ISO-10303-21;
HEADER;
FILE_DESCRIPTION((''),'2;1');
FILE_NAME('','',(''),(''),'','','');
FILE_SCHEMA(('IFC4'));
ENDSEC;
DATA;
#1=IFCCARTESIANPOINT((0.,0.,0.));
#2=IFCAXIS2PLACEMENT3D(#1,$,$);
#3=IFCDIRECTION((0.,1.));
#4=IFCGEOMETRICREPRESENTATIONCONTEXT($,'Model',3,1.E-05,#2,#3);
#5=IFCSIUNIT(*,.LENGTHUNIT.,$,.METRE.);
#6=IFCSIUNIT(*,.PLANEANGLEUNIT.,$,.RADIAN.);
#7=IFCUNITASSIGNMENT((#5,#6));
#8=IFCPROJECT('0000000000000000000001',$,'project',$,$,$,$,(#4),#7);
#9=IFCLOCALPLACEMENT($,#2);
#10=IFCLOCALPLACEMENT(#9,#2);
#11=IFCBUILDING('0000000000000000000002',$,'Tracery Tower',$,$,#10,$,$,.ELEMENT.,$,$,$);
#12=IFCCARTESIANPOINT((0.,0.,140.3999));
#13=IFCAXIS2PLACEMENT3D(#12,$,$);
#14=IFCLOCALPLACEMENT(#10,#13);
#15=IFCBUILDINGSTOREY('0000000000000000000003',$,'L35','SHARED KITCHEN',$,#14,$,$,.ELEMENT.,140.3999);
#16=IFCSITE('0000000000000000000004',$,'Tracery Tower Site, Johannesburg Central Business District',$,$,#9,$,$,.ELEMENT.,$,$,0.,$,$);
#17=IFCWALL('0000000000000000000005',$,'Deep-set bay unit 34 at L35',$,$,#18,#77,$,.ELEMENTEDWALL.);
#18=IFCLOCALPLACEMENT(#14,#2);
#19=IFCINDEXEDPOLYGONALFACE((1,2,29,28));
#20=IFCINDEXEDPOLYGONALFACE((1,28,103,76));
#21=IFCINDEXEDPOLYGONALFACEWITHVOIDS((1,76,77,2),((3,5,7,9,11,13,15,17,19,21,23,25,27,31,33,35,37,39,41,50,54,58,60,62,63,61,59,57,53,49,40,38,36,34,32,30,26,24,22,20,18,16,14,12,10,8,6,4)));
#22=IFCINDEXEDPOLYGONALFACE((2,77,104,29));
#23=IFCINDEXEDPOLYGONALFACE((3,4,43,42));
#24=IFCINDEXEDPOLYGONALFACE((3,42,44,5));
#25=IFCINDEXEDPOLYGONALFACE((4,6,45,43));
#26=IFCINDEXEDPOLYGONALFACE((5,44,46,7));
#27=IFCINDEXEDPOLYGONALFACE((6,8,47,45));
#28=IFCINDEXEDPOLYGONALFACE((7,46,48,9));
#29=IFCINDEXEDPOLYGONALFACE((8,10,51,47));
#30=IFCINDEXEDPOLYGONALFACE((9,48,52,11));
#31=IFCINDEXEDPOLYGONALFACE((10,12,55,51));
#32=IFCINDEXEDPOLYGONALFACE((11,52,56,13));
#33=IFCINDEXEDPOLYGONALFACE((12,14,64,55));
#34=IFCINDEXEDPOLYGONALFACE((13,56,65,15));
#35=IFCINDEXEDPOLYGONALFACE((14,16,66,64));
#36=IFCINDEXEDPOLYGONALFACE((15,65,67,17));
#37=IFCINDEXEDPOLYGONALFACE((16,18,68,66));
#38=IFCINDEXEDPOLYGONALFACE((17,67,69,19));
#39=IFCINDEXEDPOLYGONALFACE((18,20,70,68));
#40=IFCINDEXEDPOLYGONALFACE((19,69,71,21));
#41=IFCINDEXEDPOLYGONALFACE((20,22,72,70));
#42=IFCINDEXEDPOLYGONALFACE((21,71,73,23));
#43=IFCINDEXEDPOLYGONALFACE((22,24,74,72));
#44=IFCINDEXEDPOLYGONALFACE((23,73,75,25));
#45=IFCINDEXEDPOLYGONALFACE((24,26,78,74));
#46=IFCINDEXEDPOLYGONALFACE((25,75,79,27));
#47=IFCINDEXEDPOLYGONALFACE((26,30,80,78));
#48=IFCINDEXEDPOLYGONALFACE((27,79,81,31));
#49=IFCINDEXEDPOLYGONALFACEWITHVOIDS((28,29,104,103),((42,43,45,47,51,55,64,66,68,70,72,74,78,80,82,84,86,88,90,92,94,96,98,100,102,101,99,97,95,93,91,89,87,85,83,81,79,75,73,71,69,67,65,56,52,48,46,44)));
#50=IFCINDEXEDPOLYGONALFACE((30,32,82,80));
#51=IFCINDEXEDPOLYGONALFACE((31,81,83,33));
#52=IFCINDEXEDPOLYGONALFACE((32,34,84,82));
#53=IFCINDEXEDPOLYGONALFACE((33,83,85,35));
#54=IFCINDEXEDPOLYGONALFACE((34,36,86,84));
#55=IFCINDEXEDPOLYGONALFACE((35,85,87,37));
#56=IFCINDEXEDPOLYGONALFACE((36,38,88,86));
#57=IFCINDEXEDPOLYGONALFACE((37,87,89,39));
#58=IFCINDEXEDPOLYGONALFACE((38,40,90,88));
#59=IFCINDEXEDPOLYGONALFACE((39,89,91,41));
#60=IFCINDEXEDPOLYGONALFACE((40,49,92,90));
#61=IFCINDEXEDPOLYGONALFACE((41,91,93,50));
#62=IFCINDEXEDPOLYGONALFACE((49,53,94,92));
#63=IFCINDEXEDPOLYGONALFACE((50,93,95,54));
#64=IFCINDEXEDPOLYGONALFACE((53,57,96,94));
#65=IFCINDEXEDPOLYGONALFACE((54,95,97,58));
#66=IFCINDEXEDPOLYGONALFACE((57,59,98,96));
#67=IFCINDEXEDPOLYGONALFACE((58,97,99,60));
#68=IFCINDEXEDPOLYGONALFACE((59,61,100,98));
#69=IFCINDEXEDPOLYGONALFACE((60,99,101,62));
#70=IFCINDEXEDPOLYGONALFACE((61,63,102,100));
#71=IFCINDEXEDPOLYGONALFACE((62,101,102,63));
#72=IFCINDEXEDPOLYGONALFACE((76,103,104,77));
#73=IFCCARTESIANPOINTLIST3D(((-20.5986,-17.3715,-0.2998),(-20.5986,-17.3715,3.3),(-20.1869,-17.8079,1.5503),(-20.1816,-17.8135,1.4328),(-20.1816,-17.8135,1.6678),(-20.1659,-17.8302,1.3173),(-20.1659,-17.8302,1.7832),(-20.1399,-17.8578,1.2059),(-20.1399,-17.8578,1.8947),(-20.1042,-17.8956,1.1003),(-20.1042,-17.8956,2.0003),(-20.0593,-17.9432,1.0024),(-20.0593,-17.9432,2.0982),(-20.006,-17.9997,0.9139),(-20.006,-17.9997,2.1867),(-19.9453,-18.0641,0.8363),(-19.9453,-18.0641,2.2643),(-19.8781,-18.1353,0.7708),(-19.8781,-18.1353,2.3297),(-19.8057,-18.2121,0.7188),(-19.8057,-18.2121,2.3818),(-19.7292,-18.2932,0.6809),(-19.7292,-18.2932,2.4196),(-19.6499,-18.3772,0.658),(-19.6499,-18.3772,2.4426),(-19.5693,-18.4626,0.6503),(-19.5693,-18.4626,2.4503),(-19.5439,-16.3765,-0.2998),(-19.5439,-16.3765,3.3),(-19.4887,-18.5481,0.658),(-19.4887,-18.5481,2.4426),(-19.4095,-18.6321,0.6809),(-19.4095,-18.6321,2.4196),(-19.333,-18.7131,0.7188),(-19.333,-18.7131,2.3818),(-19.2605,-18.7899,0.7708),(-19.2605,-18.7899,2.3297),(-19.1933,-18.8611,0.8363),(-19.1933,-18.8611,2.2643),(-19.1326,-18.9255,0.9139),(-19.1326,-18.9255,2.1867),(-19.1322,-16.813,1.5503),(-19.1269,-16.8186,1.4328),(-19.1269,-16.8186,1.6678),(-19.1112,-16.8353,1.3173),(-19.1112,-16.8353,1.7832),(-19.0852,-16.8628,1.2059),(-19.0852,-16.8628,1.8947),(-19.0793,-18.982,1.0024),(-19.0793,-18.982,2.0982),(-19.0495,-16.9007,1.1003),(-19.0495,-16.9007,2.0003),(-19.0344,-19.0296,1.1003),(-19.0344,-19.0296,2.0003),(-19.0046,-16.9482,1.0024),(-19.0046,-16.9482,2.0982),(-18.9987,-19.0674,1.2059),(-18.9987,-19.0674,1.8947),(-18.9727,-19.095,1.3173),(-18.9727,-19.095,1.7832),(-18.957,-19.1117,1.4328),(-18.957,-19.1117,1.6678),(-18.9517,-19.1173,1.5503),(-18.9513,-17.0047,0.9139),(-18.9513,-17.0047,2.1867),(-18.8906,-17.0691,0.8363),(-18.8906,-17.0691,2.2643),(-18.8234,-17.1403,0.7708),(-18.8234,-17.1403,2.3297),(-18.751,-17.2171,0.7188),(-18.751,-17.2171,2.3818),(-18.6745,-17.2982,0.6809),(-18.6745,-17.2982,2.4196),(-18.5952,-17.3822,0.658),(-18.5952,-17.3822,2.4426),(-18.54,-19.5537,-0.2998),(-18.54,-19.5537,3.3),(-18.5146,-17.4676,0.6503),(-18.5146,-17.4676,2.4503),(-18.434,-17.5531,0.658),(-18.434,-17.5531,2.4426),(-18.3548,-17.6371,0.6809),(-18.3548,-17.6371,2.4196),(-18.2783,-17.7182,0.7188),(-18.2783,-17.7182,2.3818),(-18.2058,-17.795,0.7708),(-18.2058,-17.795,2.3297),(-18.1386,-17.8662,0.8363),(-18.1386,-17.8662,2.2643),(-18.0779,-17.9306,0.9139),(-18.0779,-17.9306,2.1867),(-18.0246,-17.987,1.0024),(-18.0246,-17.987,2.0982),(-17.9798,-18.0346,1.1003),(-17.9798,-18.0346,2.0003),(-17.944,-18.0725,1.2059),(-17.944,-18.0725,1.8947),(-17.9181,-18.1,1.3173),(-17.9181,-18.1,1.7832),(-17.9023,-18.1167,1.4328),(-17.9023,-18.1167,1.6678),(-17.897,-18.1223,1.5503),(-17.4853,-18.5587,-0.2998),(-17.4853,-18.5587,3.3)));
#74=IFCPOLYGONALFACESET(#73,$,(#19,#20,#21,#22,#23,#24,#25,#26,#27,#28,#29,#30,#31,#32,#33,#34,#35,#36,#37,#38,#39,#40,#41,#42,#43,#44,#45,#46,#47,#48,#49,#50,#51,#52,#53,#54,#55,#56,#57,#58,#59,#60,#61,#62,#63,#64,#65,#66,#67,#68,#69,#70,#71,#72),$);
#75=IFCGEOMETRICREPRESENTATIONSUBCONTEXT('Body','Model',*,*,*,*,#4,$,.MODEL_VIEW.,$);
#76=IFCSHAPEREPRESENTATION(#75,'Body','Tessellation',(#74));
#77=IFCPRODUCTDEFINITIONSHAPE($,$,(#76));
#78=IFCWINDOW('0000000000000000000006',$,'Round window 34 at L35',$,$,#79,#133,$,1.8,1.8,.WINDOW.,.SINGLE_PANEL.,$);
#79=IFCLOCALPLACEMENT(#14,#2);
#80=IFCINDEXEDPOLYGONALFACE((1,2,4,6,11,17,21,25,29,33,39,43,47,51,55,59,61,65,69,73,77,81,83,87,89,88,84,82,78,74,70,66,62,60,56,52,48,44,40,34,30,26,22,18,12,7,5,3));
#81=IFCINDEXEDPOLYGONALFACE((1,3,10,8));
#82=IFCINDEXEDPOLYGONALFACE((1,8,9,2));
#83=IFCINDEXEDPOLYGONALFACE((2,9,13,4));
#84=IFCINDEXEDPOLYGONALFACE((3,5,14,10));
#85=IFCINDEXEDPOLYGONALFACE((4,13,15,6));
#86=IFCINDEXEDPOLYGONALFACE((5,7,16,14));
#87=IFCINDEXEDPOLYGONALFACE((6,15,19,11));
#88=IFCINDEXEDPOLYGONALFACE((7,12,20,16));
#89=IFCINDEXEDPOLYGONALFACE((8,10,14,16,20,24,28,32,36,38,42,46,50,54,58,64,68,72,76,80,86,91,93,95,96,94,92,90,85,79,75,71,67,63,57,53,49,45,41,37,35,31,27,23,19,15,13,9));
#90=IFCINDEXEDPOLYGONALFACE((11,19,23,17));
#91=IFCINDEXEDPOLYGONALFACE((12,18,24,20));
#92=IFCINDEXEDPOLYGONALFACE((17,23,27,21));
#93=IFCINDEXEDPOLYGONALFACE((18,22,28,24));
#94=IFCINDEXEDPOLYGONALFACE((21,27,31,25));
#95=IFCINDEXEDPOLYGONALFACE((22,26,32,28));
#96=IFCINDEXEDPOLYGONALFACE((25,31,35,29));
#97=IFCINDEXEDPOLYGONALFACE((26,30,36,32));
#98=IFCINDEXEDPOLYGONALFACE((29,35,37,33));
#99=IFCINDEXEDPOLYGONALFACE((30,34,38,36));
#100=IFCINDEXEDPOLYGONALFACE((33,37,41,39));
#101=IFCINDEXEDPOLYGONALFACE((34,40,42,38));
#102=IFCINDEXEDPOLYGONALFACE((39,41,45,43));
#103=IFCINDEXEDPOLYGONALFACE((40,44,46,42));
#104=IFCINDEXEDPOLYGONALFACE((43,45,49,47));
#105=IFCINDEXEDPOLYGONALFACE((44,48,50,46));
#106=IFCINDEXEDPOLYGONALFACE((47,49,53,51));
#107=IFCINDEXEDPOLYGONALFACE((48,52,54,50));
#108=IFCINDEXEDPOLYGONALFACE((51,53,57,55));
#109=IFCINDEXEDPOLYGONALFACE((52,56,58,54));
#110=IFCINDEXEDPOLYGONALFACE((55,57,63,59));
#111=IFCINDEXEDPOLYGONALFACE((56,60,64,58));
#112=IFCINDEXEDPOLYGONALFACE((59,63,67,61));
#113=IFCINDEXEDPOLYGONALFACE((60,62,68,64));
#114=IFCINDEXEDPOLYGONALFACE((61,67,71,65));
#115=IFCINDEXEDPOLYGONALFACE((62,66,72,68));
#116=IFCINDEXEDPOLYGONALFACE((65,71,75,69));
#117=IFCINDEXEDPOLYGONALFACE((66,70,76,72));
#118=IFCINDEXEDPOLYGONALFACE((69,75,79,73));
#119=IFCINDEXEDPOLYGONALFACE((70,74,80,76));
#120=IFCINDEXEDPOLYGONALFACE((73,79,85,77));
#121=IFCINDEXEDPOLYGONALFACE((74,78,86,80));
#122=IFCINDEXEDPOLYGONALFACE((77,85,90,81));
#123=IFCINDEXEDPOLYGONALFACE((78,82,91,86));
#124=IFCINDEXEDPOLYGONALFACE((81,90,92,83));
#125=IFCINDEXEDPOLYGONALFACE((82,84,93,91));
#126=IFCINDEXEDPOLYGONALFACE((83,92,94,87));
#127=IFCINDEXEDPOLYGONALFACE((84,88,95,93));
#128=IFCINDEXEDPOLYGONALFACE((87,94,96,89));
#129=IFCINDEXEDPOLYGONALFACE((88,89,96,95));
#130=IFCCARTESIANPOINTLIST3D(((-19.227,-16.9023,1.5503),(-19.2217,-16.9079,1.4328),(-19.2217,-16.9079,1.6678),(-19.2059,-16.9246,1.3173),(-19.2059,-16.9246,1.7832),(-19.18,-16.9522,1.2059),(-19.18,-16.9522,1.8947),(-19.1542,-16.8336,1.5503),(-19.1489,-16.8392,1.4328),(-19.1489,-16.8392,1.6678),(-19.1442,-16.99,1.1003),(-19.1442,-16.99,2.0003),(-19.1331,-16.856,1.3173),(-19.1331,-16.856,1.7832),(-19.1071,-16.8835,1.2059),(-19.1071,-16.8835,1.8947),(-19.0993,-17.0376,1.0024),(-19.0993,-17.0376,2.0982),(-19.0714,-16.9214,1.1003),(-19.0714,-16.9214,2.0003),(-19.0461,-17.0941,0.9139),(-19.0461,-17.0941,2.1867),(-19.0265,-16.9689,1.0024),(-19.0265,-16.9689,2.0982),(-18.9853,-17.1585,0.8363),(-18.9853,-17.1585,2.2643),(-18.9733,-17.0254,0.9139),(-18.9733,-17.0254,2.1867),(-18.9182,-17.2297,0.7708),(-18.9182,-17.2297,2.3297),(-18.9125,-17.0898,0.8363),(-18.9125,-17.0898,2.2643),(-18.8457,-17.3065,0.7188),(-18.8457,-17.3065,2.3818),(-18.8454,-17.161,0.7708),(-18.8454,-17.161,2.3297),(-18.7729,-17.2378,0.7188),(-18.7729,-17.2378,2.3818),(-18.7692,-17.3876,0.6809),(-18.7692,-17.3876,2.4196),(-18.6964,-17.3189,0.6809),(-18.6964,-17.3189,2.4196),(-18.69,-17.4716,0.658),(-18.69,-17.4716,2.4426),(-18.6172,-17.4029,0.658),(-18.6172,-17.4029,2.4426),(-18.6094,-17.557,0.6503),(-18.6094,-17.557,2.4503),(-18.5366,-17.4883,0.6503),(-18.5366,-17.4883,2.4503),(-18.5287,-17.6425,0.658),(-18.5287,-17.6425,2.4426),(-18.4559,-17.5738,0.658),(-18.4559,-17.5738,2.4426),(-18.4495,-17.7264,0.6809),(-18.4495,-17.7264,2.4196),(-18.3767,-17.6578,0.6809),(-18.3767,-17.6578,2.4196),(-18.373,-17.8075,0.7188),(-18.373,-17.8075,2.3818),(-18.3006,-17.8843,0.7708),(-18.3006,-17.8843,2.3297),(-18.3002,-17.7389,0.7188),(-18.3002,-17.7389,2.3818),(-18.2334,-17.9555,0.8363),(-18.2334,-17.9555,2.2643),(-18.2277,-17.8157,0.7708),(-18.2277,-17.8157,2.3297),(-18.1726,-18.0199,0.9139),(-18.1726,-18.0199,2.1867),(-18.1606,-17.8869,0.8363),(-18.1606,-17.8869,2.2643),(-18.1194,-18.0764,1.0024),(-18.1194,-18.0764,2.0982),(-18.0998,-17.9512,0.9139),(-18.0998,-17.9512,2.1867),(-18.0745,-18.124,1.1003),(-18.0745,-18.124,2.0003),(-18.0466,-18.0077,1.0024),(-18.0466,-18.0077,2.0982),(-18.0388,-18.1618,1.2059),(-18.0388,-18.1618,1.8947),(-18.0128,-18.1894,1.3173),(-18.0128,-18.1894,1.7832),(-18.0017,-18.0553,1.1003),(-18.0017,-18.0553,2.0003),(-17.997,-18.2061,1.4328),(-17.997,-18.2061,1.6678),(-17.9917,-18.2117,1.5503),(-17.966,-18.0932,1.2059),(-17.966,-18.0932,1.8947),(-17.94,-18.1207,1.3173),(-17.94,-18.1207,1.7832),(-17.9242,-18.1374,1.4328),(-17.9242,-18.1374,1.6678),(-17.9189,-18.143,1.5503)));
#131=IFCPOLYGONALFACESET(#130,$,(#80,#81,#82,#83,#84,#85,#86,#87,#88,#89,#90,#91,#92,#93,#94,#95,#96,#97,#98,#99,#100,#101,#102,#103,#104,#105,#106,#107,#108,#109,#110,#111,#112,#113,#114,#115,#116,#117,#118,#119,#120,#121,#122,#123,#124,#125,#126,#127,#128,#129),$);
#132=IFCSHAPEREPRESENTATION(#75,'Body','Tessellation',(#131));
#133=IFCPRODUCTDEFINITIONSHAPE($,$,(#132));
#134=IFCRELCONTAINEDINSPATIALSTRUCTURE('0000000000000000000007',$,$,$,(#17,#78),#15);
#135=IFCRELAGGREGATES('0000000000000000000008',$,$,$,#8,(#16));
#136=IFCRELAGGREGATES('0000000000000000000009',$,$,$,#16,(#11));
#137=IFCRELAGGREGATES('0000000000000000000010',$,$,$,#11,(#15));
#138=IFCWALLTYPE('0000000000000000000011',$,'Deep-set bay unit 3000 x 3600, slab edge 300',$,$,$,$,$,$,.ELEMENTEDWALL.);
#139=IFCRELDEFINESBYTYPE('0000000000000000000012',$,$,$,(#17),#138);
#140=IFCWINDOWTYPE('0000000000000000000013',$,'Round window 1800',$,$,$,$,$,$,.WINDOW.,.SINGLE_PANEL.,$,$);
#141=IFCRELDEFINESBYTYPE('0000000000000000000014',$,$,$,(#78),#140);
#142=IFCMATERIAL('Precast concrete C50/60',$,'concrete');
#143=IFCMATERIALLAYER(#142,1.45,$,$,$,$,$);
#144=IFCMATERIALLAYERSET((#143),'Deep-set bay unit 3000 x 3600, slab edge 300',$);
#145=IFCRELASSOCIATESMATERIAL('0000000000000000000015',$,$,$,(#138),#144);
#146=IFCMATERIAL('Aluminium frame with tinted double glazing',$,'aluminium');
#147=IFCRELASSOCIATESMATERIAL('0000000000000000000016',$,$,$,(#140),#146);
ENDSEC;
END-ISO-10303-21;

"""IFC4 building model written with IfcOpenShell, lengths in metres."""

from ifc_helpers import new_model, si_unit, direction, frame, frame_2d, origin, origin_2d, place, context, subcontext, project, spatial, rectangle, circle, extrude, material, layer, layer_set, type_object, element, fill, save


model = new_model("IFC4")

# Units and contexts
model_context = context("Model", 3, precision=1e-05, world=origin(), true_north=direction((0.0, 1.0)))
body_context = subcontext(model_context, "Body", "Model", "MODEL_VIEW")
ifc_project = project(units=[si_unit("LENGTHUNIT", "METRE"), si_unit("PLANEANGLEUNIT", "RADIAN")], contexts=[model_context])

# Site, building, storey
site_placement = place(None, origin())
site = spatial("IfcSite", under=ifc_project, at=site_placement, Name="Tracery Tower Site, Johannesburg Central Business District", CompositionType="ELEMENT", RefElevation=0.0)
building_placement = place(site_placement, origin())
building = spatial("IfcBuilding", under=site, at=building_placement, Name="Tracery Tower", CompositionType="ELEMENT")
storey_placement = place(building_placement, frame((0.0, 0.0, 140.3999)))
storey = spatial("IfcBuildingStorey", under=building, at=storey_placement, Name="L35", Description="SHARED KITCHEN", CompositionType="ELEMENT", Elevation=140.3999)

# Wall, opening, window
ifc_material_1 = material(Name="Precast concrete C50/60", Category="concrete")
ifc_layer_1 = layer(ifc_material_1, 1.45)
ifc_layer_set_1 = layer_set([ifc_layer_1], Name="Deep-set bay unit 3000 x 3600, slab edge 300")
wall_type_1 = type_object("IfcWallType", Name="Deep-set bay unit 3000 x 3600, slab edge 300", PredefinedType="ELEMENTEDWALL", material=ifc_layer_set_1)
ifc_material_2 = material(Name="Aluminium frame with tinted double glazing", Category="aluminium")
window_type = type_object("IfcWindowType", Name="Round window 1800", PartitioningType="SINGLE_PANEL", PredefinedType="WINDOW", material=ifc_material_2)
wall_1_placement = place(storey_placement, frame((-20.0713, -16.874, -0.2998), z_axis=(0.0, 0.0, 1.0), x_axis=(0.686217, -0.727397, 0.0)))
wall_1 = element("IfcWall", 1, at=wall_1_placement, inside=storey, type_object=wall_type_1, Name="Deep-set bay unit 34 at L35", PredefinedType="ELEMENTEDWALL", context=body_context, shape_type="SweptSolid", body=[
    extrude(rectangle(XDim=3.0, YDim=1.45, at=frame_2d((1.5, 0.0))), origin(), (0.0, 0.0, 1.0), 3.5999),
])
opening_1_placement = place(wall_1_placement, frame((1.5, 0.0, 1.8501)))
opening_1 = element("IfcOpeningElement", 2, at=opening_1_placement, cuts=wall_1, PredefinedType="OPENING", context=body_context, shape_type="SweptSolid", body=[
    extrude(circle(Radius=0.9, at=origin_2d()), frame((0.0, 0.7349, 0.0), z_axis=(0.0, -1.0, 0.0), x_axis=(1.0, 0.0, 0.0)), (0.0, 0.0, 1.0), 1.47),
])
window_1_placement = place(opening_1_placement, origin())
window_1 = element("IfcWindow", 3, at=window_1_placement, inside=storey, type_object=window_type, Name="Round window 34 at L35", OverallHeight=1.8, OverallWidth=1.8, PartitioningType="SINGLE_PANEL", PredefinedType="WINDOW", context=body_context, shape_type="SweptSolid", body=[
    extrude(circle(Radius=0.9, at=origin_2d()), frame((0.0, 0.6948, 0.0), z_axis=(0.0, -1.0, 0.0), x_axis=(1.0, 0.0, 0.0)), (0.0, 0.0, 1.0), 0.1001),
])
fill(opening_1, window_1)

save(model, "model.ifc")
